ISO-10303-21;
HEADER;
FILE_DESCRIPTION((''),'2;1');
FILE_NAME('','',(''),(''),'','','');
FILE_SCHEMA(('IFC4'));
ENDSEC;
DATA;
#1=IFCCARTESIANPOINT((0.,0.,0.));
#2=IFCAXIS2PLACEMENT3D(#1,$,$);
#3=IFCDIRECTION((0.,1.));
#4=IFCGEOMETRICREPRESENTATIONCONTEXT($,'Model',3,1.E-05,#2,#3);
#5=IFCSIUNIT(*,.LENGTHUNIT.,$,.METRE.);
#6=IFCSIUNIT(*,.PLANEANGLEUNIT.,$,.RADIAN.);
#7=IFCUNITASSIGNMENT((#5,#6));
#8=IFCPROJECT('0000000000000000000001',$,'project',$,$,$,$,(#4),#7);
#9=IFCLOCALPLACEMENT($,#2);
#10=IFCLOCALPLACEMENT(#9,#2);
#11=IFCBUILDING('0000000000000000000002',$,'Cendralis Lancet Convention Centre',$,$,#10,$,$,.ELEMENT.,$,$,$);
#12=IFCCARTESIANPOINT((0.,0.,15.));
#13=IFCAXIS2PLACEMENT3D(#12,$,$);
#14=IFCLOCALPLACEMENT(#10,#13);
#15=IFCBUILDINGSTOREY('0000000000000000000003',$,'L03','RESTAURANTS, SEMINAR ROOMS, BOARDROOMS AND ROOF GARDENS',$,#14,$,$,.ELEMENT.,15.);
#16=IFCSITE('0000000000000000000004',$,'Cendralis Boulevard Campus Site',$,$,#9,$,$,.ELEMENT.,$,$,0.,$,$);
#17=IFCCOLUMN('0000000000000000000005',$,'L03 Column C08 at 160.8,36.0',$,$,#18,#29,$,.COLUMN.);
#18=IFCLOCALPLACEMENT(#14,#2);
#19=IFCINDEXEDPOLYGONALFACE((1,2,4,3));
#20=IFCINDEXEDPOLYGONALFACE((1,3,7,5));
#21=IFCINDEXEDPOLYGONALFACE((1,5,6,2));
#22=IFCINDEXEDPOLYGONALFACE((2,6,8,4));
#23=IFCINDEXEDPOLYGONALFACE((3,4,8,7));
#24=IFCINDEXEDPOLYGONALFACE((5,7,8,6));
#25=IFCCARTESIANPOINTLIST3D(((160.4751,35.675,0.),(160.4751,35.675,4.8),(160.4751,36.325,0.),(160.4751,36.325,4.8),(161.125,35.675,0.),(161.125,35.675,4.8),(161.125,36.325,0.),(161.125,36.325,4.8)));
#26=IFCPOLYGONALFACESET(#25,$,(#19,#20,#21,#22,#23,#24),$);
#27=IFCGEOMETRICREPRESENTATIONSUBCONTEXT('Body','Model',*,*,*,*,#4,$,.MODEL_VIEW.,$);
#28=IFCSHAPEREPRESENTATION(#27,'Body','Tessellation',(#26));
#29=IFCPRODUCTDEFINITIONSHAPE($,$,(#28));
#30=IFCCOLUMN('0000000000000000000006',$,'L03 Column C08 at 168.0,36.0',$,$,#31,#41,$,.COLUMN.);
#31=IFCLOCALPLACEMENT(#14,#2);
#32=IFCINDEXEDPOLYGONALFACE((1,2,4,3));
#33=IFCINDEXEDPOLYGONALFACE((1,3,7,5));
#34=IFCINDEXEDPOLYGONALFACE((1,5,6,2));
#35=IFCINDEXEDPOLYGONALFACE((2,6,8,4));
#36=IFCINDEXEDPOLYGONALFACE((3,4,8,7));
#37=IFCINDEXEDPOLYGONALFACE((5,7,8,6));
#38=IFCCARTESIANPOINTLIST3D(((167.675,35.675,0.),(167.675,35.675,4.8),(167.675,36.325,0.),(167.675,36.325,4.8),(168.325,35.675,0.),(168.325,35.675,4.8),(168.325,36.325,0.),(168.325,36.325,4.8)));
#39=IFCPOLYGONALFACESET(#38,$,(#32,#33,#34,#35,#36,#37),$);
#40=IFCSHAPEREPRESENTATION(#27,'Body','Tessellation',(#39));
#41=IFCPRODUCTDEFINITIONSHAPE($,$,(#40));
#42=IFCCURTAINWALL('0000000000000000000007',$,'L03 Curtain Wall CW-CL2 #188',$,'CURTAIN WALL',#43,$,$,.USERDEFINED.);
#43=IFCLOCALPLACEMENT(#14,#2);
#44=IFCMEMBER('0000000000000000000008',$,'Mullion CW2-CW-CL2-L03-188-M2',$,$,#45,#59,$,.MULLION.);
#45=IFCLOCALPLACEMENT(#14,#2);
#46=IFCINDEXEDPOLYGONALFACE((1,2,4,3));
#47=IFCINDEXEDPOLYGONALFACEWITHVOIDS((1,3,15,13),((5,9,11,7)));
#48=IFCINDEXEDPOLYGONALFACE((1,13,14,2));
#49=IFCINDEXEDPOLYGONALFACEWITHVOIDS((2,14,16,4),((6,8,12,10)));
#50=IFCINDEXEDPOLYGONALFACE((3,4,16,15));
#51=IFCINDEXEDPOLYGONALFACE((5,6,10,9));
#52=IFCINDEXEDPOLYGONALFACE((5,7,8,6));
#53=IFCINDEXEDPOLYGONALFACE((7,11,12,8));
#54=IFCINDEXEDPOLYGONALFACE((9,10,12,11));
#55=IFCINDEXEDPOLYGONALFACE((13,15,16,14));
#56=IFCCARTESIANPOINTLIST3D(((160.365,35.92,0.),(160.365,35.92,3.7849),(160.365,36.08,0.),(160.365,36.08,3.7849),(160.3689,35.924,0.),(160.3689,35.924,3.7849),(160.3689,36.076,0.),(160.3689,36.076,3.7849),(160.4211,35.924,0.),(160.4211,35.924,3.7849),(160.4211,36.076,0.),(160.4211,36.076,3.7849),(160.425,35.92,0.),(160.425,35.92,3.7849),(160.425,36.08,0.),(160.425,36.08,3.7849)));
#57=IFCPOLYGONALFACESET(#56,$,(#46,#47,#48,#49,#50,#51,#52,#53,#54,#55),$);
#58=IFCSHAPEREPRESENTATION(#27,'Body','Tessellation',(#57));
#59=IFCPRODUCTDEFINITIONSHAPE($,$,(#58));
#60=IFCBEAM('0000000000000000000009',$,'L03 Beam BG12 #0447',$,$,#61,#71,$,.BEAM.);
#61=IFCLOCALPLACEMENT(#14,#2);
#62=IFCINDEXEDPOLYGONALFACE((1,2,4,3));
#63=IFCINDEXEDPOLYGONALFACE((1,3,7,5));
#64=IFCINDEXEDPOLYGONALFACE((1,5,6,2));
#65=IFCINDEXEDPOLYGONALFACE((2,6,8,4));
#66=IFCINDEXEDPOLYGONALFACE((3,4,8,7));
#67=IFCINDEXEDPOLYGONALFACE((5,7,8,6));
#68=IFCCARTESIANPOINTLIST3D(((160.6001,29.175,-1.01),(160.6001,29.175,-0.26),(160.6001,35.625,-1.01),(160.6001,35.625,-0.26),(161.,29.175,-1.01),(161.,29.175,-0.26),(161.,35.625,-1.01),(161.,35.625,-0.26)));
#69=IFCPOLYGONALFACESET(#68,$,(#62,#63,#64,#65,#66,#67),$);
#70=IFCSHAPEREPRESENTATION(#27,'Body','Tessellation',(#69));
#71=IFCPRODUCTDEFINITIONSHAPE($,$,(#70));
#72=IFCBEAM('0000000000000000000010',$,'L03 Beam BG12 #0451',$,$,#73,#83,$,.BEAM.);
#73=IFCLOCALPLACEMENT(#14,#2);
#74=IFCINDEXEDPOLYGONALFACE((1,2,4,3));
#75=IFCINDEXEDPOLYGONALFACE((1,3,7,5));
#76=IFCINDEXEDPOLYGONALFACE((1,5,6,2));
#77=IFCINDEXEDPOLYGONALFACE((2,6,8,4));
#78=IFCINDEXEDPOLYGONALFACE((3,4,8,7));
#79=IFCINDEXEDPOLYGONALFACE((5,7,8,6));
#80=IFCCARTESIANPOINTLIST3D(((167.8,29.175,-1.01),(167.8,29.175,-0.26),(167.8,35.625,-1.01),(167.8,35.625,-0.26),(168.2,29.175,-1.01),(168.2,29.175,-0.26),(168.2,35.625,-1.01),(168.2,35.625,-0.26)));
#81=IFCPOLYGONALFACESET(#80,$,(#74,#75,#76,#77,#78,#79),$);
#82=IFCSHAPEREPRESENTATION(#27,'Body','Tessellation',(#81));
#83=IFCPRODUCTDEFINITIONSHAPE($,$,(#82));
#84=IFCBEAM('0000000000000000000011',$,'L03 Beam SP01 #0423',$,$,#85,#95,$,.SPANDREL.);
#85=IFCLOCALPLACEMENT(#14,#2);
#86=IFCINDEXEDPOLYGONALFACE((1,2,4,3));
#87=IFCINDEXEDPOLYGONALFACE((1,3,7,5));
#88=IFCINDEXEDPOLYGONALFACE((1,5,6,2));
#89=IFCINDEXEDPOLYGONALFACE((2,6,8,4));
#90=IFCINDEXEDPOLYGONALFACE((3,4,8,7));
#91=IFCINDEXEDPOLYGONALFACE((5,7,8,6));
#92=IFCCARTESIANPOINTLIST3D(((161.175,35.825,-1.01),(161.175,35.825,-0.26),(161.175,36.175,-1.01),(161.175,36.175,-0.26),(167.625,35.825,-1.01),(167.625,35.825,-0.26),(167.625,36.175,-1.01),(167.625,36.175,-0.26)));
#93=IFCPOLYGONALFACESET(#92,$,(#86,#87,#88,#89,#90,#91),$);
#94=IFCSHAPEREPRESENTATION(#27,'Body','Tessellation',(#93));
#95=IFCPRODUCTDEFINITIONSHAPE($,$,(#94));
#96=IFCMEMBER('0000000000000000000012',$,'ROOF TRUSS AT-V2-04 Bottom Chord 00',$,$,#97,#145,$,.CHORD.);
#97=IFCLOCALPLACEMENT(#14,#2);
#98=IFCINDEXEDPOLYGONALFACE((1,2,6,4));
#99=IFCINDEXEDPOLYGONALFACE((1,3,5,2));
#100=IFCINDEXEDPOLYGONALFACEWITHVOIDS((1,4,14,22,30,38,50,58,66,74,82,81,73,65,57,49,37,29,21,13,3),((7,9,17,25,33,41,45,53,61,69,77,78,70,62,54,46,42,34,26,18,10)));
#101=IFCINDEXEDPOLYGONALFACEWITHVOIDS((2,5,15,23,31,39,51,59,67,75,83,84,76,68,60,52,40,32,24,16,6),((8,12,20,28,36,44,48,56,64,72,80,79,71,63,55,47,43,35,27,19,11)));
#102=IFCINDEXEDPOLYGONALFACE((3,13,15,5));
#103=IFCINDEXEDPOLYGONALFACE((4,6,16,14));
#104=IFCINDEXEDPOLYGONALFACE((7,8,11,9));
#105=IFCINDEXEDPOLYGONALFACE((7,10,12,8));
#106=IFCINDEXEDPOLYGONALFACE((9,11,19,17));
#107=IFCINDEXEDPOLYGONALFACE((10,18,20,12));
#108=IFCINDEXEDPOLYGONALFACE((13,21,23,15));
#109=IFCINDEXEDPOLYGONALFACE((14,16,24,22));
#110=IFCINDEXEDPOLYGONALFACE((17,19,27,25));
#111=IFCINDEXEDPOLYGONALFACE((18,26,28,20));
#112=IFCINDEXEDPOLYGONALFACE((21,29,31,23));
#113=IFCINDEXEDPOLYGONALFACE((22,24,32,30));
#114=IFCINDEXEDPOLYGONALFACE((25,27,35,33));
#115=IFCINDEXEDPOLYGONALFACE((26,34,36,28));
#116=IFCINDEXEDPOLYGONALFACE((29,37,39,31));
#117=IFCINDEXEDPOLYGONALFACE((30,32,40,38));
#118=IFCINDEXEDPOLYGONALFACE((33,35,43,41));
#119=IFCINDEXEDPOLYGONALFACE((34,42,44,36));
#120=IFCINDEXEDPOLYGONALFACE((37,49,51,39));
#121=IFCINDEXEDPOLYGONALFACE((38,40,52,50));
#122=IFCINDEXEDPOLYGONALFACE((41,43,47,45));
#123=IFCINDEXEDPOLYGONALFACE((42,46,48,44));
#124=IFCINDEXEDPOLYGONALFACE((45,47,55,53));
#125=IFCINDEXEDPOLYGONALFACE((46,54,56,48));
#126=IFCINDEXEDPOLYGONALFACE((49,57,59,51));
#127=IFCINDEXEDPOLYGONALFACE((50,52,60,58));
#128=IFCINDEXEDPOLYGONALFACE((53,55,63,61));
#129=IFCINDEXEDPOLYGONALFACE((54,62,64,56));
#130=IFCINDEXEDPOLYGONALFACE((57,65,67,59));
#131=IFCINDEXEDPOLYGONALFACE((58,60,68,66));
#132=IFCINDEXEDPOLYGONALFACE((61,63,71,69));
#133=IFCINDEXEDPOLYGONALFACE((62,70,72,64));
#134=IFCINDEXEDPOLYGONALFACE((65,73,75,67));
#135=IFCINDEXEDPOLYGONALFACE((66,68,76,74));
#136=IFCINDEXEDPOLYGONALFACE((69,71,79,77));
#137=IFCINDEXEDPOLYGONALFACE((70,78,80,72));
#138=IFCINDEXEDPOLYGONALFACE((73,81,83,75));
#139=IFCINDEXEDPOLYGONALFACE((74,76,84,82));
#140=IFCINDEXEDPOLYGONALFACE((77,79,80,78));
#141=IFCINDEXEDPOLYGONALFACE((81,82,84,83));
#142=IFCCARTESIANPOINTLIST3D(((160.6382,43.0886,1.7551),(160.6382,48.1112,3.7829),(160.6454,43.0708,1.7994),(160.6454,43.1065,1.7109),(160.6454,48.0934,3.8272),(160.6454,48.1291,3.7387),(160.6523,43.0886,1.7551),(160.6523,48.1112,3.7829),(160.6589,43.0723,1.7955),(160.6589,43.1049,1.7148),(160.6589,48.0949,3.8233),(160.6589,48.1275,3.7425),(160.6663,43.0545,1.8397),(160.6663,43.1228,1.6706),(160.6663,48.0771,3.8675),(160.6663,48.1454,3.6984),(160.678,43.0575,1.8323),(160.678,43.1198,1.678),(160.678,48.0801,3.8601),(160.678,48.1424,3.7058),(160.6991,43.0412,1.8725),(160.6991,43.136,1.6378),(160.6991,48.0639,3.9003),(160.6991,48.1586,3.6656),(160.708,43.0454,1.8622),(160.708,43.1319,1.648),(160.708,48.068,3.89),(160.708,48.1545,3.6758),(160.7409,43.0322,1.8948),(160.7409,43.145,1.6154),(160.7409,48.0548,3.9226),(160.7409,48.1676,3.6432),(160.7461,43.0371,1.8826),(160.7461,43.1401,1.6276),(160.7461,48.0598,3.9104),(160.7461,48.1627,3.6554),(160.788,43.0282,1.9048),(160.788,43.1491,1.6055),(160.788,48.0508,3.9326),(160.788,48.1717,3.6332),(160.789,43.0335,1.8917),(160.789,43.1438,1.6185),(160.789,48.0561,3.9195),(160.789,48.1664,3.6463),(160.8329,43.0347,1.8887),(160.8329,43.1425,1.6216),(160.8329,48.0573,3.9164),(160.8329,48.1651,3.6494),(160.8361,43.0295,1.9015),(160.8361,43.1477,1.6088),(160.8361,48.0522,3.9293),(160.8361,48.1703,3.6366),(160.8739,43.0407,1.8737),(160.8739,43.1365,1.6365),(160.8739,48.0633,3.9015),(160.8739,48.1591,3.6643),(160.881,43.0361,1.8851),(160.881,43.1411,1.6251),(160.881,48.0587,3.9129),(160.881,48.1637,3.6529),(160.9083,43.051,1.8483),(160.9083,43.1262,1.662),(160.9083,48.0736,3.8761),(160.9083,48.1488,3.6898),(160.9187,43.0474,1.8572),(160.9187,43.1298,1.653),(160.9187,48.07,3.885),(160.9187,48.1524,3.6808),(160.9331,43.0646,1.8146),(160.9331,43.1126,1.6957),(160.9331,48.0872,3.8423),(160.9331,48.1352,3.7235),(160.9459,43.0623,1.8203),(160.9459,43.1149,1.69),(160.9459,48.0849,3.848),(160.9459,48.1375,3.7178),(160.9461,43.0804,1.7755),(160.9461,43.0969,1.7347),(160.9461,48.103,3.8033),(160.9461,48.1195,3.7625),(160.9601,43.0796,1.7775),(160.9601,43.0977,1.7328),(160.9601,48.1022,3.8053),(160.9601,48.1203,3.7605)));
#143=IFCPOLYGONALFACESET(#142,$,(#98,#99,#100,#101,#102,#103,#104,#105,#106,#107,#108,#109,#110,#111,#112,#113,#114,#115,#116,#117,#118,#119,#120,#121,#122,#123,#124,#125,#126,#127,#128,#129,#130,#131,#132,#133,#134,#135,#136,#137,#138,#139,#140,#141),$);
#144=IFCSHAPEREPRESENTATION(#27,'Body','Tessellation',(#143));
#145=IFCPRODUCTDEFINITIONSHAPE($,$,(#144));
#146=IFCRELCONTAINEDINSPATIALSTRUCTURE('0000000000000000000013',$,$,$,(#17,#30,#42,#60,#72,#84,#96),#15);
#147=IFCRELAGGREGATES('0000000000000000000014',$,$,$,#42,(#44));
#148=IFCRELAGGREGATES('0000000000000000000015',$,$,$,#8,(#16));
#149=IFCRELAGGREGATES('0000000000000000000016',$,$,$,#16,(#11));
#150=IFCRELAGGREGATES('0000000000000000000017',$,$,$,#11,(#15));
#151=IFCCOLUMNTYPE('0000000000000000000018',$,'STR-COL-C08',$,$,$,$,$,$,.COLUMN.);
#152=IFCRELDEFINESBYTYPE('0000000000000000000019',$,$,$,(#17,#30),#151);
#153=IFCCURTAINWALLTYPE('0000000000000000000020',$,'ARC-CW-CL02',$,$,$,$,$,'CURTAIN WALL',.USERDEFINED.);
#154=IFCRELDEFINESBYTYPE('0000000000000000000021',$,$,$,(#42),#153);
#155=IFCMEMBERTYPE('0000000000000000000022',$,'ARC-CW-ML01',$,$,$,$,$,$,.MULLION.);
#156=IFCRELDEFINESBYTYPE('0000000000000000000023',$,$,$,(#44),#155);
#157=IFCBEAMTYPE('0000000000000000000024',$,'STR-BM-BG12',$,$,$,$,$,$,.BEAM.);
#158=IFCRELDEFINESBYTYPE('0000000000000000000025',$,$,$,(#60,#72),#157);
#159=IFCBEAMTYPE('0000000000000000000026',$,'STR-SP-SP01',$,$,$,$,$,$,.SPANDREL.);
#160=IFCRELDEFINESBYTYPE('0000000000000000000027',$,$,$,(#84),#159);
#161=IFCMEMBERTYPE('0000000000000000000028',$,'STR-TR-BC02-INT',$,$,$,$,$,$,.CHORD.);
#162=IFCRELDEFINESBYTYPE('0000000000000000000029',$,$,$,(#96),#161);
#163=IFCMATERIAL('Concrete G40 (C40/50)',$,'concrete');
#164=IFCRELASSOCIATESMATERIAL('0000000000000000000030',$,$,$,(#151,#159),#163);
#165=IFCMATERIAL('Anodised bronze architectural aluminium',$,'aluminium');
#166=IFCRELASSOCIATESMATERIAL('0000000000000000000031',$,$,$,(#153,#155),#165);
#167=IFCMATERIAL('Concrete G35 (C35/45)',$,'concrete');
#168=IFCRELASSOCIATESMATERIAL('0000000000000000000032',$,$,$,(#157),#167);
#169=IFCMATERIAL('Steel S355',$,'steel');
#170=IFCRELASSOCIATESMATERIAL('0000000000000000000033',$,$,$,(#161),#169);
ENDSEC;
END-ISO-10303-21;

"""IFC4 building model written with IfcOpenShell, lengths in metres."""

from ifc_helpers import new_model, si_unit, direction, frame, origin, origin_2d, place, context, subcontext, project, spatial, rectangle, hollow_rectangle, hollow_circle, extrude, material, material_profile, profile_set, type_object, element, aggregate, save


model = new_model("IFC4")

# Units and contexts
model_context = context("Model", 3, precision=1e-05, world=origin(), true_north=direction((0.0, 1.0)))
body_context = subcontext(model_context, "Body", "Model", "MODEL_VIEW")
ifc_project = project(units=[si_unit("LENGTHUNIT", "METRE"), si_unit("PLANEANGLEUNIT", "RADIAN")], contexts=[model_context])

# Site, building, storey
site_placement = place(None, origin())
site = spatial("IfcSite", under=ifc_project, at=site_placement, Name="Cendralis Boulevard Campus Site", CompositionType="ELEMENT", RefElevation=0.0)
building_placement = place(site_placement, origin())
building = spatial("IfcBuilding", under=site, at=building_placement, Name="Cendralis Lancet Convention Centre", CompositionType="ELEMENT")
storey_placement = place(building_placement, frame((0.0, 0.0, 15.0)))
storey = spatial("IfcBuildingStorey", under=building, at=storey_placement, Name="L03", Description="RESTAURANTS, SEMINAR ROOMS, BOARDROOMS AND ROOF GARDENS", CompositionType="ELEMENT", Elevation=15.0)

# Columns
ifc_material_1 = material(Name="Concrete G40 (C40/50)", Category="concrete")
ifc_material_profile_1 = material_profile(ifc_material_1, rectangle(XDim=0.6499, YDim=0.6499, at=origin_2d()), Name="RC 650x650")
ifc_profile_set_1 = profile_set([ifc_material_profile_1], Name="Concrete G40 (C40/50)")
column_type = type_object("IfcColumnType", Name="STR-COL-C08", PredefinedType="COLUMN", material=ifc_profile_set_1)
for number, where, z_axis, x_axis, name in (
    (1, (160.8, 36.0, 0.0), (0.0, 0.0, 1.0), (1.0, 0.0, 0.0), "L03 Column C08 at 160.8,36.0"),
    (2, (168.0, 36.0, 0.0), (0.0, 0.0, 1.0), (1.0, 0.0, 0.0), "L03 Column C08 at 168.0,36.0"),
):
    element("IfcColumn", number, at=place(storey_placement, frame(where, z_axis=z_axis, x_axis=x_axis)), inside=storey, type_object=column_type, Name=name, PredefinedType="COLUMN", context=body_context, shape_type="SweptSolid", body=[
        extrude(rectangle(XDim=0.6499, YDim=0.6499, at=origin_2d()), origin(), (0.0, 0.0, 1.0), 4.8),
    ])

# Curtain wall, member
ifc_material_2 = material(Name="Anodised bronze architectural aluminium", Category="aluminium")
curtain_wall_type = type_object("IfcCurtainWallType", Name="ARC-CW-CL02", ElementType="CURTAIN WALL", PredefinedType="USERDEFINED", material=ifc_material_2)
curtain_wall_placement = place(storey_placement, origin())
curtain_wall = element("IfcCurtainWall", 3, at=curtain_wall_placement, inside=storey, type_object=curtain_wall_type, Name="L03 Curtain Wall CW-CL2 #188", ObjectType="CURTAIN WALL", PredefinedType="USERDEFINED")
ifc_material_profile_2 = material_profile(ifc_material_2, hollow_rectangle(XDim=0.0601, YDim=0.1599, WallThickness=0.0039, at=origin_2d()), Name="AL-MULL 60x160x4.0")
ifc_profile_set_2 = profile_set([ifc_material_profile_2], Name="Anodised bronze architectural aluminium")
member_type_1 = type_object("IfcMemberType", Name="ARC-CW-ML01", PredefinedType="MULLION", material=ifc_profile_set_2)
member_1_placement = place(storey_placement, frame((160.395, 36.0, 0.0), z_axis=(0.0, 0.0, 1.0), x_axis=(1.0, 0.0, 0.0)))
member_1 = element("IfcMember", 4, at=member_1_placement, type_object=member_type_1, Name="Mullion CW2-CW-CL2-L03-188-M2", PredefinedType="MULLION", context=body_context, shape_type="SweptSolid", body=[
    extrude(hollow_rectangle(XDim=0.0601, YDim=0.1599, WallThickness=0.0039, at=origin_2d()), origin(), (0.0, 0.0, 1.0), 3.7849),
])

# Beams
ifc_material_3 = material(Name="Concrete G35 (C35/45)", Category="concrete")
ifc_material_profile_3 = material_profile(ifc_material_3, rectangle(XDim=0.3999, YDim=0.75, at=origin_2d()), Name="RCB 400x750")
ifc_profile_set_3 = profile_set([ifc_material_profile_3], Name="Concrete G35 (C35/45)")
beam_type_1 = type_object("IfcBeamType", Name="STR-BM-BG12", PredefinedType="BEAM", material=ifc_profile_set_3)
for number, where, z_axis, x_axis, name in (
    (5, (160.8, 29.175, -0.635), (0.0, 1.0, 0.0), (-1.0, 0.0, 0.0), "L03 Beam BG12 #0447"),
    (6, (168.0, 29.175, -0.635), (0.0, 1.0, 0.0), (-1.0, 0.0, 0.0), "L03 Beam BG12 #0451"),
):
    element("IfcBeam", number, at=place(storey_placement, frame(where, z_axis=z_axis, x_axis=x_axis)), inside=storey, type_object=beam_type_1, Name=name, PredefinedType="BEAM", context=body_context, shape_type="SweptSolid", body=[
        extrude(rectangle(XDim=0.3999, YDim=0.75, at=origin_2d()), origin(), (0.0, 0.0, 1.0), 6.45),
    ])
ifc_material_profile_4 = material_profile(ifc_material_1, rectangle(XDim=0.3501, YDim=0.75, at=origin_2d()), Name="RCB 350x750")
ifc_profile_set_4 = profile_set([ifc_material_profile_4], Name="Concrete G40 (C40/50)")
beam_type_2 = type_object("IfcBeamType", Name="STR-SP-SP01", PredefinedType="SPANDREL", material=ifc_profile_set_4)
beam_placement = place(storey_placement, frame((161.175, 36.0, -0.635), z_axis=(1.0, 0.0, 0.0), x_axis=(0.0, 1.0, 0.0)))
element("IfcBeam", 7, at=beam_placement, inside=storey, type_object=beam_type_2, Name="L03 Beam SP01 #0423", PredefinedType="SPANDREL", context=body_context, shape_type="SweptSolid", body=[
    extrude(rectangle(XDim=0.3501, YDim=0.75, at=origin_2d()), origin(), (0.0, 0.0, 1.0), 6.45),
])

# Member
ifc_material_4 = material(Name="Steel S355", Category="steel")
ifc_material_profile_5 = material_profile(ifc_material_4, hollow_circle(Radius=0.1619, WallThickness=0.0142, at=origin_2d()), Name="CHS 323.9x14.2")
ifc_profile_set_5 = profile_set([ifc_material_profile_5], Name="Steel S355")
member_type_2 = type_object("IfcMemberType", Name="STR-TR-BC02-INT", PredefinedType="CHORD", material=ifc_profile_set_5)
member_2_placement = place(storey_placement, frame((160.8, 43.0886, 1.7551), z_axis=(0.0, 0.927278, 0.374373), x_axis=(-1.0, 0.0, 0.0)))
element("IfcMember", 8, at=member_2_placement, inside=storey, type_object=member_type_2, Name="ROOF TRUSS AT-V2-04 Bottom Chord 00", PredefinedType="CHORD", context=body_context, shape_type="SweptSolid", body=[
    extrude(hollow_circle(Radius=0.1619, WallThickness=0.0142, at=origin_2d()), origin(), (0.0, 0.0, 1.0), 5.4165),
])

aggregate(curtain_wall, [member_1])

save(model, "model.ifc")
